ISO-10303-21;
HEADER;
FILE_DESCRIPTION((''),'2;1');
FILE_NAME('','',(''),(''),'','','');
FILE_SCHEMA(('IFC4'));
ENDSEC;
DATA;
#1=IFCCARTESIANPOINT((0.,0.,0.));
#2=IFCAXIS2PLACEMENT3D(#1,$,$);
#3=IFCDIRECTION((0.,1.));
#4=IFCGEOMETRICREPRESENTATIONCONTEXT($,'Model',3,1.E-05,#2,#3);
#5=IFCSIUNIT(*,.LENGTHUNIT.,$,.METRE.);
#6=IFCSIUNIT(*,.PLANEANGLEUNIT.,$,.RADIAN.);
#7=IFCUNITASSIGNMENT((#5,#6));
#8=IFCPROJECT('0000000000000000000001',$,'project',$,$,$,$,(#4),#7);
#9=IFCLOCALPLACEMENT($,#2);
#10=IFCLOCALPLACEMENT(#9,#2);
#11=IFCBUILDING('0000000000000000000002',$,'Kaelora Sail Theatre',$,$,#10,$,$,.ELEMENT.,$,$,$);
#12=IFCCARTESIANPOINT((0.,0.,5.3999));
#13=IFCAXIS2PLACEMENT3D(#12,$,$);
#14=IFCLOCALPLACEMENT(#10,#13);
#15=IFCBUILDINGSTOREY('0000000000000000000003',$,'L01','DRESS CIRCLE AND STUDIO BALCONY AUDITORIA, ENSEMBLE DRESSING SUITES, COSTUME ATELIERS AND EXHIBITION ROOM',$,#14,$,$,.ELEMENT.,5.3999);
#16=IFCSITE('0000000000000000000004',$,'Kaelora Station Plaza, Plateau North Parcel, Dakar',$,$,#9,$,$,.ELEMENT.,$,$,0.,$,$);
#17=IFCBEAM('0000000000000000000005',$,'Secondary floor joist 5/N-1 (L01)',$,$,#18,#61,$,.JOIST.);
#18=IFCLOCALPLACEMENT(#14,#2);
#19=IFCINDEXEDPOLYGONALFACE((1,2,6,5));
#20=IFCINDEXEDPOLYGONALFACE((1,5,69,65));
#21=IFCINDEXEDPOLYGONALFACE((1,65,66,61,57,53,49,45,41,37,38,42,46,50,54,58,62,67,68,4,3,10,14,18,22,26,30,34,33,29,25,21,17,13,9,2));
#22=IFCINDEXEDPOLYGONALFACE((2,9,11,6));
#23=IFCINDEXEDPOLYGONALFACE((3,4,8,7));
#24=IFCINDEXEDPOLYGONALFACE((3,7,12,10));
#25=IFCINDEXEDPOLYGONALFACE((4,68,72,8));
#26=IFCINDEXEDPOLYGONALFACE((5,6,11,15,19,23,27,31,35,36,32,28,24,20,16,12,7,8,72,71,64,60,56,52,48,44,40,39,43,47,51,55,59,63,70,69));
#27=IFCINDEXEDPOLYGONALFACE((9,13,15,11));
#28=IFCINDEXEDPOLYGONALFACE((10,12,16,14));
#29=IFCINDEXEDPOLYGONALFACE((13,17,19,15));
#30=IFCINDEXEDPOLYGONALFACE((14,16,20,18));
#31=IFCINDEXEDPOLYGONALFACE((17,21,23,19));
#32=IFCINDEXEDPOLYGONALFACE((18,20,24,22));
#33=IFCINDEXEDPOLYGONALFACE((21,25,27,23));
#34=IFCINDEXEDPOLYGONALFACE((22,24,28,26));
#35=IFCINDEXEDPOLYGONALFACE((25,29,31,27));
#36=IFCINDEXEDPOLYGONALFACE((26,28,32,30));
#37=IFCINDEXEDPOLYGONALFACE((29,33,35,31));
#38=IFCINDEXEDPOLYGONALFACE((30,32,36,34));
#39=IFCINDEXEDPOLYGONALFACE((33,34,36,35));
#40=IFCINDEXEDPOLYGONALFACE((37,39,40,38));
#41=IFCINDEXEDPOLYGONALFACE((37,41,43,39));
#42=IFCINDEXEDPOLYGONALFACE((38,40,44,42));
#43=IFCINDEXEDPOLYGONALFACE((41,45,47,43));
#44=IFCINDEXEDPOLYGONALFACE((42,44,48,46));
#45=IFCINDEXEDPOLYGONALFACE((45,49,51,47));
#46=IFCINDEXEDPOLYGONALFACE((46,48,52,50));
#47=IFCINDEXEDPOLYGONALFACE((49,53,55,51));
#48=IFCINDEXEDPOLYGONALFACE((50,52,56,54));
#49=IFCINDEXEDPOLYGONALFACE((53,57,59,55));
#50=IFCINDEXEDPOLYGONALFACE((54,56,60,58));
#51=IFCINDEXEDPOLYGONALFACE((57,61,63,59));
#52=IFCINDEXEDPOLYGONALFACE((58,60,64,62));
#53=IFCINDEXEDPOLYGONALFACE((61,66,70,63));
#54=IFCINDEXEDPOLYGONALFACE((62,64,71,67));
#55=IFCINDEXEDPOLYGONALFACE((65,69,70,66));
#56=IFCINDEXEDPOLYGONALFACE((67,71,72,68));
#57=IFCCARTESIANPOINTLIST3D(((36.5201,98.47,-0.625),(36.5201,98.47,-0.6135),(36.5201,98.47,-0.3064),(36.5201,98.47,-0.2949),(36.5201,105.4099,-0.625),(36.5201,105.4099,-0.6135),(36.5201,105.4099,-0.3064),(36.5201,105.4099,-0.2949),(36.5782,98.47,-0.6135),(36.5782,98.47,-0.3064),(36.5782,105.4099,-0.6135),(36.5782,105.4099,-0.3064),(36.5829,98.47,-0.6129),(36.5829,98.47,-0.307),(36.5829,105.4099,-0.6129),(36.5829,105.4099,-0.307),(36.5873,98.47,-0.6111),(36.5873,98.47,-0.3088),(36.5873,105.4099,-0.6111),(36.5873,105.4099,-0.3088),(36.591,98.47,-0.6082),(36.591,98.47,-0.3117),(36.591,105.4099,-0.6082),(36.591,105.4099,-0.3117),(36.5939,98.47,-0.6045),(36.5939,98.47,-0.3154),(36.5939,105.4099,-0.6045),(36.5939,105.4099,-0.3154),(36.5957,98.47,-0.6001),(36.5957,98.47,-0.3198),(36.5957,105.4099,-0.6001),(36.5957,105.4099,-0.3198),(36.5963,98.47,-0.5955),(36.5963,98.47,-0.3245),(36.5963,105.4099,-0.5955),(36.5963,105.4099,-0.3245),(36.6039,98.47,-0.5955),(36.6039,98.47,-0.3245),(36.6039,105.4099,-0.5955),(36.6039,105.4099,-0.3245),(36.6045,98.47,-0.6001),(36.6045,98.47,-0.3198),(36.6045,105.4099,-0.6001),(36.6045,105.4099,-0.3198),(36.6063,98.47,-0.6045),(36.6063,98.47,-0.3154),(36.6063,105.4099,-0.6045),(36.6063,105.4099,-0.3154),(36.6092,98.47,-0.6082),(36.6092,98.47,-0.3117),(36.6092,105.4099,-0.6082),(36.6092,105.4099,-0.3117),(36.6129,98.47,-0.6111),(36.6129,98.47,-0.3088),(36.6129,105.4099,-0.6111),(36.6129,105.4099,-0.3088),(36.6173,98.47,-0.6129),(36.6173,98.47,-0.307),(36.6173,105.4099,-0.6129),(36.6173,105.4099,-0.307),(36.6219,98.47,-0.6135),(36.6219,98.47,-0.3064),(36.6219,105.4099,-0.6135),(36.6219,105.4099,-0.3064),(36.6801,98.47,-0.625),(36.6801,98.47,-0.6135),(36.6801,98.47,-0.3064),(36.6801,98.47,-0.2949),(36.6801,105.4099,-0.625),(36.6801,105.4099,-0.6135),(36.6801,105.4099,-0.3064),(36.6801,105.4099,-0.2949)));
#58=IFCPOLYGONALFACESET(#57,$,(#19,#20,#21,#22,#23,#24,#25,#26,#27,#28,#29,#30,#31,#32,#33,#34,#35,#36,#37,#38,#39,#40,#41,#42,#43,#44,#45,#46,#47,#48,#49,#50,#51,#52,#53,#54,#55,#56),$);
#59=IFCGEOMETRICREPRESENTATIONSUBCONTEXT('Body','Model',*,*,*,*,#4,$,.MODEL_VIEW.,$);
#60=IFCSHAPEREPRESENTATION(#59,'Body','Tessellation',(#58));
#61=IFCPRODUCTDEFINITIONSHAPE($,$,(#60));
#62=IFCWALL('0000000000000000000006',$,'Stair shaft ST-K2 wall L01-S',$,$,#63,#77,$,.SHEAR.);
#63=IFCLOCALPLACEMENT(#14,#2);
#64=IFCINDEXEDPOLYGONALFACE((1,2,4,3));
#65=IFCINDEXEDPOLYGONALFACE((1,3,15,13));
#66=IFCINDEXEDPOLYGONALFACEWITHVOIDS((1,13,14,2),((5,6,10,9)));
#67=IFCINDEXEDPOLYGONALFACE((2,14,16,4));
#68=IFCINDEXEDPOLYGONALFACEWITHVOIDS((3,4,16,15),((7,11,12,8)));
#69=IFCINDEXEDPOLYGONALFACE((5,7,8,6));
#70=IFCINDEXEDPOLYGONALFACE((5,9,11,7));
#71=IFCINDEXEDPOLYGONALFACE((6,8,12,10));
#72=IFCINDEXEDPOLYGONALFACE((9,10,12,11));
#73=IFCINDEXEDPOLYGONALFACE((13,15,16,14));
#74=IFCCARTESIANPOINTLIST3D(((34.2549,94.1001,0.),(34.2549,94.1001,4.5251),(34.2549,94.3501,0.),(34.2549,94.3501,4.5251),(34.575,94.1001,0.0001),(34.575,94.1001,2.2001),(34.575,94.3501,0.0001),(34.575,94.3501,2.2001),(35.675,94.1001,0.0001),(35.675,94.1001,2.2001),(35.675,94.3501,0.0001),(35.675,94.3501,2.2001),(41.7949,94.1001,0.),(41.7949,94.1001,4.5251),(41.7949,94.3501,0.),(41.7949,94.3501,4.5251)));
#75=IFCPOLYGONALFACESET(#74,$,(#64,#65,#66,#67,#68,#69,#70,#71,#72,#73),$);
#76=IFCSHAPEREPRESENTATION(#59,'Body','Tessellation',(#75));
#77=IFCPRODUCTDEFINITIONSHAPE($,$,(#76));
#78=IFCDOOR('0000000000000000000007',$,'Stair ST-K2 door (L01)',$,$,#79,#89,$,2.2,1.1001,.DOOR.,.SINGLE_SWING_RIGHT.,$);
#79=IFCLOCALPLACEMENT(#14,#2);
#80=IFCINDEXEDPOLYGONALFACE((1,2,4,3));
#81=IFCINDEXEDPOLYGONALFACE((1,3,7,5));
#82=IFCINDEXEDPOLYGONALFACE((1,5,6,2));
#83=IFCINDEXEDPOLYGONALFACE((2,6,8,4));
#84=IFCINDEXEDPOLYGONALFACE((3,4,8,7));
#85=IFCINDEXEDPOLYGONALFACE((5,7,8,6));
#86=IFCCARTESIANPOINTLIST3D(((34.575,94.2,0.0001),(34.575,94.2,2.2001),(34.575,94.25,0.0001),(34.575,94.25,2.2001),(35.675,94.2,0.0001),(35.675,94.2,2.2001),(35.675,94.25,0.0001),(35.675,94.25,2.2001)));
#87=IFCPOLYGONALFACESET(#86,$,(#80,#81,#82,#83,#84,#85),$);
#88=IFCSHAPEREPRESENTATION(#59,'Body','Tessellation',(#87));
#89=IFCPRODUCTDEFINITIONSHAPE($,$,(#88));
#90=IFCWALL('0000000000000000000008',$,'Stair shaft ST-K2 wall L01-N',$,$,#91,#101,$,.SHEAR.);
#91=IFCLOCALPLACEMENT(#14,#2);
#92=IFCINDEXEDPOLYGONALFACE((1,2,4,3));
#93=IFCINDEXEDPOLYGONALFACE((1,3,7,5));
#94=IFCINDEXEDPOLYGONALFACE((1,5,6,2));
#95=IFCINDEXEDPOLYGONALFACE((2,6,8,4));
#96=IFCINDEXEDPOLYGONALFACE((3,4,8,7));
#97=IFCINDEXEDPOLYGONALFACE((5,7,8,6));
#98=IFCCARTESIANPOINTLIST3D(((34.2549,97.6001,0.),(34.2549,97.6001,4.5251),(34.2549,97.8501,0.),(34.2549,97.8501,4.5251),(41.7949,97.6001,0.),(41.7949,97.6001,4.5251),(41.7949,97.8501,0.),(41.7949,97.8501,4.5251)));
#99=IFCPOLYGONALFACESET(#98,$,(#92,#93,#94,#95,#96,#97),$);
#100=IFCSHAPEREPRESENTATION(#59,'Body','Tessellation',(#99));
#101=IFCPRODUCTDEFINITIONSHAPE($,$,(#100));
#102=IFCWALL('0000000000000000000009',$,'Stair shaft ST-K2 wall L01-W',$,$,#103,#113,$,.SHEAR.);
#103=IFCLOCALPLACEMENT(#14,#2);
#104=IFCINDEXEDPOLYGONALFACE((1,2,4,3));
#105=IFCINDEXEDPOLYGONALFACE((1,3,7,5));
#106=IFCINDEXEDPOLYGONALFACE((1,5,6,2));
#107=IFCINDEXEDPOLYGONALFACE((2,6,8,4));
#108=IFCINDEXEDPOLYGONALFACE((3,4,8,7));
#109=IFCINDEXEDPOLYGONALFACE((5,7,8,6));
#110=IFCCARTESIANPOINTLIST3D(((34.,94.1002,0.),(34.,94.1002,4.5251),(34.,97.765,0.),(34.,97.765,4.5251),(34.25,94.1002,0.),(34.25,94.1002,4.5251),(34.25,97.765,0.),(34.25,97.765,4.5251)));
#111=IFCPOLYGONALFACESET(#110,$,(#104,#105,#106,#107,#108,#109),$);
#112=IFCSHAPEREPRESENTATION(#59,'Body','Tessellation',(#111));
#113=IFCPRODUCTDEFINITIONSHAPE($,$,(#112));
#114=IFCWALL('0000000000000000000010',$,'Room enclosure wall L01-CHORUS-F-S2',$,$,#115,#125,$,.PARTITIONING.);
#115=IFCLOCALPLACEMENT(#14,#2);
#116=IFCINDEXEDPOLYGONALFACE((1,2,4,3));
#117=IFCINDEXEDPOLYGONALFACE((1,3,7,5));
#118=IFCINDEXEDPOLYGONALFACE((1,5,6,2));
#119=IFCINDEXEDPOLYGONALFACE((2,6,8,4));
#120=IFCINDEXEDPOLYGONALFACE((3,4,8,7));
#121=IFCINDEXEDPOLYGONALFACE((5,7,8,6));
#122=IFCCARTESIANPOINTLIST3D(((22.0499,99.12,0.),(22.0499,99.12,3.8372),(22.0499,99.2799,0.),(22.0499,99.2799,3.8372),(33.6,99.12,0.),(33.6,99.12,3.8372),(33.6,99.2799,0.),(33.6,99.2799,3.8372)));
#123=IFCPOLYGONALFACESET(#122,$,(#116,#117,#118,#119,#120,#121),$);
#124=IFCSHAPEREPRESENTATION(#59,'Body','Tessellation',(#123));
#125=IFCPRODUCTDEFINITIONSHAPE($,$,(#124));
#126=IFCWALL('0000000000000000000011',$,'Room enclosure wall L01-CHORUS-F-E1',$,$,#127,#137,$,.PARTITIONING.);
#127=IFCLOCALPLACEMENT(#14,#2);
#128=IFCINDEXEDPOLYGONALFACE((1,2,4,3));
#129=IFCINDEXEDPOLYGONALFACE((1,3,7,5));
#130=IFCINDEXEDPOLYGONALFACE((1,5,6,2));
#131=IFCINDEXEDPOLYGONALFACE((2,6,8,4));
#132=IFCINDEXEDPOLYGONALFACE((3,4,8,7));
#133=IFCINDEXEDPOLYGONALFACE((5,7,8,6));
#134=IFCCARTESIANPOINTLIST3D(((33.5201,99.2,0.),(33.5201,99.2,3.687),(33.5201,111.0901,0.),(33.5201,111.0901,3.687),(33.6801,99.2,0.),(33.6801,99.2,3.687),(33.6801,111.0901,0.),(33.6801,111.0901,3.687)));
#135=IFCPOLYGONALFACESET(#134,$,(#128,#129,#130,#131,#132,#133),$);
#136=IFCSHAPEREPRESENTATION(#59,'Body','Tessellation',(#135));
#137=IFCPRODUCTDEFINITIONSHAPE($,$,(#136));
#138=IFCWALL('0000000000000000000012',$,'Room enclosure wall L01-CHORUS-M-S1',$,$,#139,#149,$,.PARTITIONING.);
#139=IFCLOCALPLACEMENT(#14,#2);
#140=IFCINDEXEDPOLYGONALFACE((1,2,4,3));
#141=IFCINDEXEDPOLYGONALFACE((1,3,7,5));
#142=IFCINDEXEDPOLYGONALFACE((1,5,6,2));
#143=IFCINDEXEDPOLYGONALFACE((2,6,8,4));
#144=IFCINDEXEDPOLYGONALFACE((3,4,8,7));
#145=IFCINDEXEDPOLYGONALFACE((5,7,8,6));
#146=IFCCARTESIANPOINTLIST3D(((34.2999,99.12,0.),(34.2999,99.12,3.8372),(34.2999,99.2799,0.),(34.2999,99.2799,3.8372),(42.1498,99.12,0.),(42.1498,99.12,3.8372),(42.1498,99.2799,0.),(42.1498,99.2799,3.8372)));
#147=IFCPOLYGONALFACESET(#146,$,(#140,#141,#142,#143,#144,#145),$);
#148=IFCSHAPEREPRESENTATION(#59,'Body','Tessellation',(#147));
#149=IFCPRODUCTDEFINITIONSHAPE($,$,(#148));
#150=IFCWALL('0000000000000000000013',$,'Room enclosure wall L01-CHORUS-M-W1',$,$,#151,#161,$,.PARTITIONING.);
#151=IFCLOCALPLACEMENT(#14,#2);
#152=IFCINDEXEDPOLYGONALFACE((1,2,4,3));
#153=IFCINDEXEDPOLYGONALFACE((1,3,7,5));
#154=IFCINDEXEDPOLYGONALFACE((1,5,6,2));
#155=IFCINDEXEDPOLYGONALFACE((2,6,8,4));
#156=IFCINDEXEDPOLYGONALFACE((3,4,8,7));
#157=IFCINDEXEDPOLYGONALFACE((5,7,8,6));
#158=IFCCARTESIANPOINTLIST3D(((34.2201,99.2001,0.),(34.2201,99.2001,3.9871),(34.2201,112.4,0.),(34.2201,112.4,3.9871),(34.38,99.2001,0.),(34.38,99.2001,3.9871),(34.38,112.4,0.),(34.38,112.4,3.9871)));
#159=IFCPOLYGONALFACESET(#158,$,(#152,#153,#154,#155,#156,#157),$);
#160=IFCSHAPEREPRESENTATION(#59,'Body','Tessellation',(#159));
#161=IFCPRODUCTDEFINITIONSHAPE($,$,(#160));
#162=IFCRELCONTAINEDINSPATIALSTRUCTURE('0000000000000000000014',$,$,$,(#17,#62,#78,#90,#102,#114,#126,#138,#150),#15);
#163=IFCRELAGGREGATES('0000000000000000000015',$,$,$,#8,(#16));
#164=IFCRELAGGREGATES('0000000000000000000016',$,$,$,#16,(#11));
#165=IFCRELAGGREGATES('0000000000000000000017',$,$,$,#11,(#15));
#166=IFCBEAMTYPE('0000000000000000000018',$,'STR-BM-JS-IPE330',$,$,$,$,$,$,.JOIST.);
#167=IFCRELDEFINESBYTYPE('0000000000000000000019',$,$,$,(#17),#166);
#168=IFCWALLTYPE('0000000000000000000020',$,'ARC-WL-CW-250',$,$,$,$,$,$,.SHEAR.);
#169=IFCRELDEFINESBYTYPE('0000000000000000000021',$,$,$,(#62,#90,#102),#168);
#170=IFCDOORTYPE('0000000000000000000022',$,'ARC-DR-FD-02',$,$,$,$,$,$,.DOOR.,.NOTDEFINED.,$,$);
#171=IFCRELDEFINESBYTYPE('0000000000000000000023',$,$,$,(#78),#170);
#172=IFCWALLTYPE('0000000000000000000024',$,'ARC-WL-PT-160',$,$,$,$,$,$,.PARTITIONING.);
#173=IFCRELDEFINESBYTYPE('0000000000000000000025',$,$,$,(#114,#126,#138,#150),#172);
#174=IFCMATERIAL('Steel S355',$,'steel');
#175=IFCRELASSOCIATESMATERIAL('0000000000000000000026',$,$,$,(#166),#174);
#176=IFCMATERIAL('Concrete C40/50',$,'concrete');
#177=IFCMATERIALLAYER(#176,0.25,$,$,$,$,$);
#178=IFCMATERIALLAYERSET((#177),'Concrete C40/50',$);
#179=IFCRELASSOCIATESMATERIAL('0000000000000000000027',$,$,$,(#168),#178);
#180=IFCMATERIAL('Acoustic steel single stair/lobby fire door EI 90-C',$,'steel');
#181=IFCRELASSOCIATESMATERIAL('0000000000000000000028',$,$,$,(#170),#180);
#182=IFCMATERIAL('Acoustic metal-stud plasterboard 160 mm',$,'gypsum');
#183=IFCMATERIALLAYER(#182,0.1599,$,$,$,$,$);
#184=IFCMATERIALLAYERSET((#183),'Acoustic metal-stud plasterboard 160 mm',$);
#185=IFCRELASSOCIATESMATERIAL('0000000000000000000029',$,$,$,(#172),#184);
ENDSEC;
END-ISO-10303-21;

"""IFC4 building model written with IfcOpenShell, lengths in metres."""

from ifc_helpers import new_model, si_unit, direction, frame, frame_2d, origin, origin_2d, place, context, subcontext, project, spatial, rectangle, i_section, extrude, material, layer, layer_set, material_profile, profile_set, type_object, element, fill, save


model = new_model("IFC4")

# Units and contexts
model_context = context("Model", 3, precision=1e-05, world=origin(), true_north=direction((0.0, 1.0)))
body_context = subcontext(model_context, "Body", "Model", "MODEL_VIEW")
ifc_project = project(units=[si_unit("LENGTHUNIT", "METRE"), si_unit("PLANEANGLEUNIT", "RADIAN")], contexts=[model_context])

# Site, building, storey
site_placement = place(None, origin())
site = spatial("IfcSite", under=ifc_project, at=site_placement, Name="Kaelora Station Plaza, Plateau North Parcel, Dakar", CompositionType="ELEMENT", RefElevation=0.0)
building_placement = place(site_placement, origin())
building = spatial("IfcBuilding", under=site, at=building_placement, Name="Kaelora Sail Theatre", CompositionType="ELEMENT")
storey_placement = place(building_placement, frame((0.0, 0.0, 5.3999)))
storey = spatial("IfcBuildingStorey", under=building, at=storey_placement, Name="L01", Description="DRESS CIRCLE AND STUDIO BALCONY AUDITORIA, ENSEMBLE DRESSING SUITES, COSTUME ATELIERS AND EXHIBITION ROOM", CompositionType="ELEMENT", Elevation=5.3999)

# Beam
ifc_material_1 = material(Name="Steel S355", Category="steel")
ifc_material_profile_1 = material_profile(ifc_material_1, i_section(OverallWidth=0.1599, OverallDepth=0.3301, WebThickness=0.0076, FlangeThickness=0.0115, FilletRadius=0.0181, at=origin_2d()), Name="IPE 330")
ifc_profile_set_1 = profile_set([ifc_material_profile_1], Name="Steel S355")
beam_type_1 = type_object("IfcBeamType", Name="STR-BM-JS-IPE330", PredefinedType="JOIST", material=ifc_profile_set_1)
for number, where, z_axis, x_axis, name in (
    (1, (36.6001, 98.47, -0.46), (0.0, 1.0, 0.0), (-1.0, 0.0, 0.0), "Secondary floor joist 5/N-1 (L01)"),
):
    element("IfcBeam", number, at=place(storey_placement, frame(where, z_axis=z_axis, x_axis=x_axis)), inside=storey, type_object=beam_type_1, Name=name, PredefinedType="JOIST", context=body_context, shape_type="SweptSolid", body=[
        extrude(i_section(OverallWidth=0.1599, OverallDepth=0.3301, WebThickness=0.0076, FlangeThickness=0.0115, FilletRadius=0.0181, at=origin_2d()), origin(), (0.0, 0.0, 1.0), 6.9399),
    ])

# Wall, opening, door
ifc_material_2 = material(Name="Concrete C40/50", Category="concrete")
ifc_layer_1 = layer(ifc_material_2, 0.25)
ifc_layer_set_1 = layer_set([ifc_layer_1], Name="Concrete C40/50")
wall_type_1 = type_object("IfcWallType", Name="ARC-WL-CW-250", PredefinedType="SHEAR", material=ifc_layer_set_1)
wall_1_placement = place(storey_placement, frame((34.2549, 94.2251, 0.0), z_axis=(0.0, 0.0, 1.0), x_axis=(1.0, 0.0, 0.0)))
wall_1 = element("IfcWall", 2, at=wall_1_placement, inside=storey, type_object=wall_type_1, Name="Stair shaft ST-K2 wall L01-S", PredefinedType="SHEAR", context=body_context, shape_type="SweptSolid", body=[
    extrude(rectangle(XDim=7.54, YDim=0.25, at=frame_2d((3.77, 0.0))), origin(), (0.0, 0.0, 1.0), 4.5251),
])
opening_placement = place(wall_1_placement, frame((0.3201, 0.0, 0.0)))
opening = element("IfcOpeningElement", 3, at=opening_placement, cuts=wall_1, PredefinedType="OPENING", context=body_context, shape_type="SweptSolid", body=[
    extrude(rectangle(XDim=1.1001, YDim=2.2, at=frame_2d((0.55, 1.1001))), frame((0.0, 0.135, 0.0), z_axis=(0.0, -1.0, 0.0), x_axis=(1.0, 0.0, 0.0)), (0.0, 0.0, 1.0), 0.27),
])
ifc_material_3 = material(Name="Acoustic steel single stair/lobby fire door EI 90-C", Category="steel")
door_type = type_object("IfcDoorType", Name="ARC-DR-FD-02", OperationType="NOTDEFINED", PredefinedType="DOOR", material=ifc_material_3)
door_placement = place(opening_placement, origin())
door = element("IfcDoor", 4, at=door_placement, inside=storey, type_object=door_type, Name="Stair ST-K2 door (L01)", OperationType="SINGLE_SWING_RIGHT", OverallHeight=2.2, OverallWidth=1.1001, PredefinedType="DOOR", context=body_context, shape_type="SweptSolid", body=[
    extrude(rectangle(XDim=1.1001, YDim=2.2, at=frame_2d((0.55, 1.1001))), frame((0.0, 0.0249, 0.0), z_axis=(0.0, -1.0, 0.0), x_axis=(1.0, 0.0, 0.0)), (0.0, 0.0, 1.0), 0.05),
])
fill(opening, door)

# Walls
wall_2_placement = place(storey_placement, frame((34.2549, 97.7251, 0.0), z_axis=(0.0, 0.0, 1.0), x_axis=(1.0, 0.0, 0.0)))
element("IfcWall", 5, at=wall_2_placement, inside=storey, type_object=wall_type_1, Name="Stair shaft ST-K2 wall L01-N", PredefinedType="SHEAR", context=body_context, shape_type="SweptSolid", body=[
    extrude(rectangle(XDim=7.54, YDim=0.25, at=frame_2d((3.77, 0.0))), origin(), (0.0, 0.0, 1.0), 4.5251),
])
wall_3_placement = place(storey_placement, frame((34.125, 94.1001, 0.0), z_axis=(0.0, 0.0, 1.0), x_axis=(0.0, 1.0, 0.0)))
element("IfcWall", 6, at=wall_3_placement, inside=storey, type_object=wall_type_1, Name="Stair shaft ST-K2 wall L01-W", PredefinedType="SHEAR", context=body_context, shape_type="SweptSolid", body=[
    extrude(rectangle(XDim=3.6648, YDim=0.25, at=frame_2d((1.8325, 0.0))), origin(), (0.0, 0.0, 1.0), 4.5251),
])
ifc_material_4 = material(Name="Acoustic metal-stud plasterboard 160 mm", Category="gypsum")
ifc_layer_2 = layer(ifc_material_4, 0.1599)
ifc_layer_set_2 = layer_set([ifc_layer_2], Name="Acoustic metal-stud plasterboard 160 mm")
wall_type_2 = type_object("IfcWallType", Name="ARC-WL-PT-160", PredefinedType="PARTITIONING", material=ifc_layer_set_2)
wall_4_placement = place(storey_placement, frame((22.05, 99.2, 0.0), z_axis=(0.0, 0.0, 1.0), x_axis=(1.0, 0.0, 0.0)))
element("IfcWall", 7, at=wall_4_placement, inside=storey, type_object=wall_type_2, Name="Room enclosure wall L01-CHORUS-F-S2", PredefinedType="PARTITIONING", context=body_context, shape_type="SweptSolid", body=[
    extrude(rectangle(XDim=11.55, YDim=0.1599, at=frame_2d((5.7749, 0.0))), origin(), (0.0, 0.0, 1.0), 3.8372),
])
wall_5_placement = place(storey_placement, frame((33.6001, 99.2, 0.0), z_axis=(0.0, 0.0, 1.0), x_axis=(0.0, 1.0, 0.0)))
element("IfcWall", 8, at=wall_5_placement, inside=storey, type_object=wall_type_2, Name="Room enclosure wall L01-CHORUS-F-E1", PredefinedType="PARTITIONING", context=body_context, shape_type="SweptSolid", body=[
    extrude(rectangle(XDim=11.8901, YDim=0.1599, at=frame_2d((5.9451, 0.0))), origin(), (0.0, 0.0, 1.0), 3.687),
])
wall_6_placement = place(storey_placement, frame((34.3, 99.2, 0.0), z_axis=(0.0, 0.0, 1.0), x_axis=(1.0, 0.0, 0.0)))
element("IfcWall", 9, at=wall_6_placement, inside=storey, type_object=wall_type_2, Name="Room enclosure wall L01-CHORUS-M-S1", PredefinedType="PARTITIONING", context=body_context, shape_type="SweptSolid", body=[
    extrude(rectangle(XDim=7.8499, YDim=0.1599, at=frame_2d((3.9248, 0.0))), origin(), (0.0, 0.0, 1.0), 3.8372),
])
wall_7_placement = place(storey_placement, frame((34.3, 99.2, 0.0), z_axis=(0.0, 0.0, 1.0), x_axis=(0.0, 1.0, 0.0)))
element("IfcWall", 10, at=wall_7_placement, inside=storey, type_object=wall_type_2, Name="Room enclosure wall L01-CHORUS-M-W1", PredefinedType="PARTITIONING", context=body_context, shape_type="SweptSolid", body=[
    extrude(rectangle(XDim=13.2, YDim=0.1599, at=frame_2d((6.6001, 0.0))), origin(), (0.0, 0.0, 1.0), 3.9871),
])

save(model, "model.ifc")
